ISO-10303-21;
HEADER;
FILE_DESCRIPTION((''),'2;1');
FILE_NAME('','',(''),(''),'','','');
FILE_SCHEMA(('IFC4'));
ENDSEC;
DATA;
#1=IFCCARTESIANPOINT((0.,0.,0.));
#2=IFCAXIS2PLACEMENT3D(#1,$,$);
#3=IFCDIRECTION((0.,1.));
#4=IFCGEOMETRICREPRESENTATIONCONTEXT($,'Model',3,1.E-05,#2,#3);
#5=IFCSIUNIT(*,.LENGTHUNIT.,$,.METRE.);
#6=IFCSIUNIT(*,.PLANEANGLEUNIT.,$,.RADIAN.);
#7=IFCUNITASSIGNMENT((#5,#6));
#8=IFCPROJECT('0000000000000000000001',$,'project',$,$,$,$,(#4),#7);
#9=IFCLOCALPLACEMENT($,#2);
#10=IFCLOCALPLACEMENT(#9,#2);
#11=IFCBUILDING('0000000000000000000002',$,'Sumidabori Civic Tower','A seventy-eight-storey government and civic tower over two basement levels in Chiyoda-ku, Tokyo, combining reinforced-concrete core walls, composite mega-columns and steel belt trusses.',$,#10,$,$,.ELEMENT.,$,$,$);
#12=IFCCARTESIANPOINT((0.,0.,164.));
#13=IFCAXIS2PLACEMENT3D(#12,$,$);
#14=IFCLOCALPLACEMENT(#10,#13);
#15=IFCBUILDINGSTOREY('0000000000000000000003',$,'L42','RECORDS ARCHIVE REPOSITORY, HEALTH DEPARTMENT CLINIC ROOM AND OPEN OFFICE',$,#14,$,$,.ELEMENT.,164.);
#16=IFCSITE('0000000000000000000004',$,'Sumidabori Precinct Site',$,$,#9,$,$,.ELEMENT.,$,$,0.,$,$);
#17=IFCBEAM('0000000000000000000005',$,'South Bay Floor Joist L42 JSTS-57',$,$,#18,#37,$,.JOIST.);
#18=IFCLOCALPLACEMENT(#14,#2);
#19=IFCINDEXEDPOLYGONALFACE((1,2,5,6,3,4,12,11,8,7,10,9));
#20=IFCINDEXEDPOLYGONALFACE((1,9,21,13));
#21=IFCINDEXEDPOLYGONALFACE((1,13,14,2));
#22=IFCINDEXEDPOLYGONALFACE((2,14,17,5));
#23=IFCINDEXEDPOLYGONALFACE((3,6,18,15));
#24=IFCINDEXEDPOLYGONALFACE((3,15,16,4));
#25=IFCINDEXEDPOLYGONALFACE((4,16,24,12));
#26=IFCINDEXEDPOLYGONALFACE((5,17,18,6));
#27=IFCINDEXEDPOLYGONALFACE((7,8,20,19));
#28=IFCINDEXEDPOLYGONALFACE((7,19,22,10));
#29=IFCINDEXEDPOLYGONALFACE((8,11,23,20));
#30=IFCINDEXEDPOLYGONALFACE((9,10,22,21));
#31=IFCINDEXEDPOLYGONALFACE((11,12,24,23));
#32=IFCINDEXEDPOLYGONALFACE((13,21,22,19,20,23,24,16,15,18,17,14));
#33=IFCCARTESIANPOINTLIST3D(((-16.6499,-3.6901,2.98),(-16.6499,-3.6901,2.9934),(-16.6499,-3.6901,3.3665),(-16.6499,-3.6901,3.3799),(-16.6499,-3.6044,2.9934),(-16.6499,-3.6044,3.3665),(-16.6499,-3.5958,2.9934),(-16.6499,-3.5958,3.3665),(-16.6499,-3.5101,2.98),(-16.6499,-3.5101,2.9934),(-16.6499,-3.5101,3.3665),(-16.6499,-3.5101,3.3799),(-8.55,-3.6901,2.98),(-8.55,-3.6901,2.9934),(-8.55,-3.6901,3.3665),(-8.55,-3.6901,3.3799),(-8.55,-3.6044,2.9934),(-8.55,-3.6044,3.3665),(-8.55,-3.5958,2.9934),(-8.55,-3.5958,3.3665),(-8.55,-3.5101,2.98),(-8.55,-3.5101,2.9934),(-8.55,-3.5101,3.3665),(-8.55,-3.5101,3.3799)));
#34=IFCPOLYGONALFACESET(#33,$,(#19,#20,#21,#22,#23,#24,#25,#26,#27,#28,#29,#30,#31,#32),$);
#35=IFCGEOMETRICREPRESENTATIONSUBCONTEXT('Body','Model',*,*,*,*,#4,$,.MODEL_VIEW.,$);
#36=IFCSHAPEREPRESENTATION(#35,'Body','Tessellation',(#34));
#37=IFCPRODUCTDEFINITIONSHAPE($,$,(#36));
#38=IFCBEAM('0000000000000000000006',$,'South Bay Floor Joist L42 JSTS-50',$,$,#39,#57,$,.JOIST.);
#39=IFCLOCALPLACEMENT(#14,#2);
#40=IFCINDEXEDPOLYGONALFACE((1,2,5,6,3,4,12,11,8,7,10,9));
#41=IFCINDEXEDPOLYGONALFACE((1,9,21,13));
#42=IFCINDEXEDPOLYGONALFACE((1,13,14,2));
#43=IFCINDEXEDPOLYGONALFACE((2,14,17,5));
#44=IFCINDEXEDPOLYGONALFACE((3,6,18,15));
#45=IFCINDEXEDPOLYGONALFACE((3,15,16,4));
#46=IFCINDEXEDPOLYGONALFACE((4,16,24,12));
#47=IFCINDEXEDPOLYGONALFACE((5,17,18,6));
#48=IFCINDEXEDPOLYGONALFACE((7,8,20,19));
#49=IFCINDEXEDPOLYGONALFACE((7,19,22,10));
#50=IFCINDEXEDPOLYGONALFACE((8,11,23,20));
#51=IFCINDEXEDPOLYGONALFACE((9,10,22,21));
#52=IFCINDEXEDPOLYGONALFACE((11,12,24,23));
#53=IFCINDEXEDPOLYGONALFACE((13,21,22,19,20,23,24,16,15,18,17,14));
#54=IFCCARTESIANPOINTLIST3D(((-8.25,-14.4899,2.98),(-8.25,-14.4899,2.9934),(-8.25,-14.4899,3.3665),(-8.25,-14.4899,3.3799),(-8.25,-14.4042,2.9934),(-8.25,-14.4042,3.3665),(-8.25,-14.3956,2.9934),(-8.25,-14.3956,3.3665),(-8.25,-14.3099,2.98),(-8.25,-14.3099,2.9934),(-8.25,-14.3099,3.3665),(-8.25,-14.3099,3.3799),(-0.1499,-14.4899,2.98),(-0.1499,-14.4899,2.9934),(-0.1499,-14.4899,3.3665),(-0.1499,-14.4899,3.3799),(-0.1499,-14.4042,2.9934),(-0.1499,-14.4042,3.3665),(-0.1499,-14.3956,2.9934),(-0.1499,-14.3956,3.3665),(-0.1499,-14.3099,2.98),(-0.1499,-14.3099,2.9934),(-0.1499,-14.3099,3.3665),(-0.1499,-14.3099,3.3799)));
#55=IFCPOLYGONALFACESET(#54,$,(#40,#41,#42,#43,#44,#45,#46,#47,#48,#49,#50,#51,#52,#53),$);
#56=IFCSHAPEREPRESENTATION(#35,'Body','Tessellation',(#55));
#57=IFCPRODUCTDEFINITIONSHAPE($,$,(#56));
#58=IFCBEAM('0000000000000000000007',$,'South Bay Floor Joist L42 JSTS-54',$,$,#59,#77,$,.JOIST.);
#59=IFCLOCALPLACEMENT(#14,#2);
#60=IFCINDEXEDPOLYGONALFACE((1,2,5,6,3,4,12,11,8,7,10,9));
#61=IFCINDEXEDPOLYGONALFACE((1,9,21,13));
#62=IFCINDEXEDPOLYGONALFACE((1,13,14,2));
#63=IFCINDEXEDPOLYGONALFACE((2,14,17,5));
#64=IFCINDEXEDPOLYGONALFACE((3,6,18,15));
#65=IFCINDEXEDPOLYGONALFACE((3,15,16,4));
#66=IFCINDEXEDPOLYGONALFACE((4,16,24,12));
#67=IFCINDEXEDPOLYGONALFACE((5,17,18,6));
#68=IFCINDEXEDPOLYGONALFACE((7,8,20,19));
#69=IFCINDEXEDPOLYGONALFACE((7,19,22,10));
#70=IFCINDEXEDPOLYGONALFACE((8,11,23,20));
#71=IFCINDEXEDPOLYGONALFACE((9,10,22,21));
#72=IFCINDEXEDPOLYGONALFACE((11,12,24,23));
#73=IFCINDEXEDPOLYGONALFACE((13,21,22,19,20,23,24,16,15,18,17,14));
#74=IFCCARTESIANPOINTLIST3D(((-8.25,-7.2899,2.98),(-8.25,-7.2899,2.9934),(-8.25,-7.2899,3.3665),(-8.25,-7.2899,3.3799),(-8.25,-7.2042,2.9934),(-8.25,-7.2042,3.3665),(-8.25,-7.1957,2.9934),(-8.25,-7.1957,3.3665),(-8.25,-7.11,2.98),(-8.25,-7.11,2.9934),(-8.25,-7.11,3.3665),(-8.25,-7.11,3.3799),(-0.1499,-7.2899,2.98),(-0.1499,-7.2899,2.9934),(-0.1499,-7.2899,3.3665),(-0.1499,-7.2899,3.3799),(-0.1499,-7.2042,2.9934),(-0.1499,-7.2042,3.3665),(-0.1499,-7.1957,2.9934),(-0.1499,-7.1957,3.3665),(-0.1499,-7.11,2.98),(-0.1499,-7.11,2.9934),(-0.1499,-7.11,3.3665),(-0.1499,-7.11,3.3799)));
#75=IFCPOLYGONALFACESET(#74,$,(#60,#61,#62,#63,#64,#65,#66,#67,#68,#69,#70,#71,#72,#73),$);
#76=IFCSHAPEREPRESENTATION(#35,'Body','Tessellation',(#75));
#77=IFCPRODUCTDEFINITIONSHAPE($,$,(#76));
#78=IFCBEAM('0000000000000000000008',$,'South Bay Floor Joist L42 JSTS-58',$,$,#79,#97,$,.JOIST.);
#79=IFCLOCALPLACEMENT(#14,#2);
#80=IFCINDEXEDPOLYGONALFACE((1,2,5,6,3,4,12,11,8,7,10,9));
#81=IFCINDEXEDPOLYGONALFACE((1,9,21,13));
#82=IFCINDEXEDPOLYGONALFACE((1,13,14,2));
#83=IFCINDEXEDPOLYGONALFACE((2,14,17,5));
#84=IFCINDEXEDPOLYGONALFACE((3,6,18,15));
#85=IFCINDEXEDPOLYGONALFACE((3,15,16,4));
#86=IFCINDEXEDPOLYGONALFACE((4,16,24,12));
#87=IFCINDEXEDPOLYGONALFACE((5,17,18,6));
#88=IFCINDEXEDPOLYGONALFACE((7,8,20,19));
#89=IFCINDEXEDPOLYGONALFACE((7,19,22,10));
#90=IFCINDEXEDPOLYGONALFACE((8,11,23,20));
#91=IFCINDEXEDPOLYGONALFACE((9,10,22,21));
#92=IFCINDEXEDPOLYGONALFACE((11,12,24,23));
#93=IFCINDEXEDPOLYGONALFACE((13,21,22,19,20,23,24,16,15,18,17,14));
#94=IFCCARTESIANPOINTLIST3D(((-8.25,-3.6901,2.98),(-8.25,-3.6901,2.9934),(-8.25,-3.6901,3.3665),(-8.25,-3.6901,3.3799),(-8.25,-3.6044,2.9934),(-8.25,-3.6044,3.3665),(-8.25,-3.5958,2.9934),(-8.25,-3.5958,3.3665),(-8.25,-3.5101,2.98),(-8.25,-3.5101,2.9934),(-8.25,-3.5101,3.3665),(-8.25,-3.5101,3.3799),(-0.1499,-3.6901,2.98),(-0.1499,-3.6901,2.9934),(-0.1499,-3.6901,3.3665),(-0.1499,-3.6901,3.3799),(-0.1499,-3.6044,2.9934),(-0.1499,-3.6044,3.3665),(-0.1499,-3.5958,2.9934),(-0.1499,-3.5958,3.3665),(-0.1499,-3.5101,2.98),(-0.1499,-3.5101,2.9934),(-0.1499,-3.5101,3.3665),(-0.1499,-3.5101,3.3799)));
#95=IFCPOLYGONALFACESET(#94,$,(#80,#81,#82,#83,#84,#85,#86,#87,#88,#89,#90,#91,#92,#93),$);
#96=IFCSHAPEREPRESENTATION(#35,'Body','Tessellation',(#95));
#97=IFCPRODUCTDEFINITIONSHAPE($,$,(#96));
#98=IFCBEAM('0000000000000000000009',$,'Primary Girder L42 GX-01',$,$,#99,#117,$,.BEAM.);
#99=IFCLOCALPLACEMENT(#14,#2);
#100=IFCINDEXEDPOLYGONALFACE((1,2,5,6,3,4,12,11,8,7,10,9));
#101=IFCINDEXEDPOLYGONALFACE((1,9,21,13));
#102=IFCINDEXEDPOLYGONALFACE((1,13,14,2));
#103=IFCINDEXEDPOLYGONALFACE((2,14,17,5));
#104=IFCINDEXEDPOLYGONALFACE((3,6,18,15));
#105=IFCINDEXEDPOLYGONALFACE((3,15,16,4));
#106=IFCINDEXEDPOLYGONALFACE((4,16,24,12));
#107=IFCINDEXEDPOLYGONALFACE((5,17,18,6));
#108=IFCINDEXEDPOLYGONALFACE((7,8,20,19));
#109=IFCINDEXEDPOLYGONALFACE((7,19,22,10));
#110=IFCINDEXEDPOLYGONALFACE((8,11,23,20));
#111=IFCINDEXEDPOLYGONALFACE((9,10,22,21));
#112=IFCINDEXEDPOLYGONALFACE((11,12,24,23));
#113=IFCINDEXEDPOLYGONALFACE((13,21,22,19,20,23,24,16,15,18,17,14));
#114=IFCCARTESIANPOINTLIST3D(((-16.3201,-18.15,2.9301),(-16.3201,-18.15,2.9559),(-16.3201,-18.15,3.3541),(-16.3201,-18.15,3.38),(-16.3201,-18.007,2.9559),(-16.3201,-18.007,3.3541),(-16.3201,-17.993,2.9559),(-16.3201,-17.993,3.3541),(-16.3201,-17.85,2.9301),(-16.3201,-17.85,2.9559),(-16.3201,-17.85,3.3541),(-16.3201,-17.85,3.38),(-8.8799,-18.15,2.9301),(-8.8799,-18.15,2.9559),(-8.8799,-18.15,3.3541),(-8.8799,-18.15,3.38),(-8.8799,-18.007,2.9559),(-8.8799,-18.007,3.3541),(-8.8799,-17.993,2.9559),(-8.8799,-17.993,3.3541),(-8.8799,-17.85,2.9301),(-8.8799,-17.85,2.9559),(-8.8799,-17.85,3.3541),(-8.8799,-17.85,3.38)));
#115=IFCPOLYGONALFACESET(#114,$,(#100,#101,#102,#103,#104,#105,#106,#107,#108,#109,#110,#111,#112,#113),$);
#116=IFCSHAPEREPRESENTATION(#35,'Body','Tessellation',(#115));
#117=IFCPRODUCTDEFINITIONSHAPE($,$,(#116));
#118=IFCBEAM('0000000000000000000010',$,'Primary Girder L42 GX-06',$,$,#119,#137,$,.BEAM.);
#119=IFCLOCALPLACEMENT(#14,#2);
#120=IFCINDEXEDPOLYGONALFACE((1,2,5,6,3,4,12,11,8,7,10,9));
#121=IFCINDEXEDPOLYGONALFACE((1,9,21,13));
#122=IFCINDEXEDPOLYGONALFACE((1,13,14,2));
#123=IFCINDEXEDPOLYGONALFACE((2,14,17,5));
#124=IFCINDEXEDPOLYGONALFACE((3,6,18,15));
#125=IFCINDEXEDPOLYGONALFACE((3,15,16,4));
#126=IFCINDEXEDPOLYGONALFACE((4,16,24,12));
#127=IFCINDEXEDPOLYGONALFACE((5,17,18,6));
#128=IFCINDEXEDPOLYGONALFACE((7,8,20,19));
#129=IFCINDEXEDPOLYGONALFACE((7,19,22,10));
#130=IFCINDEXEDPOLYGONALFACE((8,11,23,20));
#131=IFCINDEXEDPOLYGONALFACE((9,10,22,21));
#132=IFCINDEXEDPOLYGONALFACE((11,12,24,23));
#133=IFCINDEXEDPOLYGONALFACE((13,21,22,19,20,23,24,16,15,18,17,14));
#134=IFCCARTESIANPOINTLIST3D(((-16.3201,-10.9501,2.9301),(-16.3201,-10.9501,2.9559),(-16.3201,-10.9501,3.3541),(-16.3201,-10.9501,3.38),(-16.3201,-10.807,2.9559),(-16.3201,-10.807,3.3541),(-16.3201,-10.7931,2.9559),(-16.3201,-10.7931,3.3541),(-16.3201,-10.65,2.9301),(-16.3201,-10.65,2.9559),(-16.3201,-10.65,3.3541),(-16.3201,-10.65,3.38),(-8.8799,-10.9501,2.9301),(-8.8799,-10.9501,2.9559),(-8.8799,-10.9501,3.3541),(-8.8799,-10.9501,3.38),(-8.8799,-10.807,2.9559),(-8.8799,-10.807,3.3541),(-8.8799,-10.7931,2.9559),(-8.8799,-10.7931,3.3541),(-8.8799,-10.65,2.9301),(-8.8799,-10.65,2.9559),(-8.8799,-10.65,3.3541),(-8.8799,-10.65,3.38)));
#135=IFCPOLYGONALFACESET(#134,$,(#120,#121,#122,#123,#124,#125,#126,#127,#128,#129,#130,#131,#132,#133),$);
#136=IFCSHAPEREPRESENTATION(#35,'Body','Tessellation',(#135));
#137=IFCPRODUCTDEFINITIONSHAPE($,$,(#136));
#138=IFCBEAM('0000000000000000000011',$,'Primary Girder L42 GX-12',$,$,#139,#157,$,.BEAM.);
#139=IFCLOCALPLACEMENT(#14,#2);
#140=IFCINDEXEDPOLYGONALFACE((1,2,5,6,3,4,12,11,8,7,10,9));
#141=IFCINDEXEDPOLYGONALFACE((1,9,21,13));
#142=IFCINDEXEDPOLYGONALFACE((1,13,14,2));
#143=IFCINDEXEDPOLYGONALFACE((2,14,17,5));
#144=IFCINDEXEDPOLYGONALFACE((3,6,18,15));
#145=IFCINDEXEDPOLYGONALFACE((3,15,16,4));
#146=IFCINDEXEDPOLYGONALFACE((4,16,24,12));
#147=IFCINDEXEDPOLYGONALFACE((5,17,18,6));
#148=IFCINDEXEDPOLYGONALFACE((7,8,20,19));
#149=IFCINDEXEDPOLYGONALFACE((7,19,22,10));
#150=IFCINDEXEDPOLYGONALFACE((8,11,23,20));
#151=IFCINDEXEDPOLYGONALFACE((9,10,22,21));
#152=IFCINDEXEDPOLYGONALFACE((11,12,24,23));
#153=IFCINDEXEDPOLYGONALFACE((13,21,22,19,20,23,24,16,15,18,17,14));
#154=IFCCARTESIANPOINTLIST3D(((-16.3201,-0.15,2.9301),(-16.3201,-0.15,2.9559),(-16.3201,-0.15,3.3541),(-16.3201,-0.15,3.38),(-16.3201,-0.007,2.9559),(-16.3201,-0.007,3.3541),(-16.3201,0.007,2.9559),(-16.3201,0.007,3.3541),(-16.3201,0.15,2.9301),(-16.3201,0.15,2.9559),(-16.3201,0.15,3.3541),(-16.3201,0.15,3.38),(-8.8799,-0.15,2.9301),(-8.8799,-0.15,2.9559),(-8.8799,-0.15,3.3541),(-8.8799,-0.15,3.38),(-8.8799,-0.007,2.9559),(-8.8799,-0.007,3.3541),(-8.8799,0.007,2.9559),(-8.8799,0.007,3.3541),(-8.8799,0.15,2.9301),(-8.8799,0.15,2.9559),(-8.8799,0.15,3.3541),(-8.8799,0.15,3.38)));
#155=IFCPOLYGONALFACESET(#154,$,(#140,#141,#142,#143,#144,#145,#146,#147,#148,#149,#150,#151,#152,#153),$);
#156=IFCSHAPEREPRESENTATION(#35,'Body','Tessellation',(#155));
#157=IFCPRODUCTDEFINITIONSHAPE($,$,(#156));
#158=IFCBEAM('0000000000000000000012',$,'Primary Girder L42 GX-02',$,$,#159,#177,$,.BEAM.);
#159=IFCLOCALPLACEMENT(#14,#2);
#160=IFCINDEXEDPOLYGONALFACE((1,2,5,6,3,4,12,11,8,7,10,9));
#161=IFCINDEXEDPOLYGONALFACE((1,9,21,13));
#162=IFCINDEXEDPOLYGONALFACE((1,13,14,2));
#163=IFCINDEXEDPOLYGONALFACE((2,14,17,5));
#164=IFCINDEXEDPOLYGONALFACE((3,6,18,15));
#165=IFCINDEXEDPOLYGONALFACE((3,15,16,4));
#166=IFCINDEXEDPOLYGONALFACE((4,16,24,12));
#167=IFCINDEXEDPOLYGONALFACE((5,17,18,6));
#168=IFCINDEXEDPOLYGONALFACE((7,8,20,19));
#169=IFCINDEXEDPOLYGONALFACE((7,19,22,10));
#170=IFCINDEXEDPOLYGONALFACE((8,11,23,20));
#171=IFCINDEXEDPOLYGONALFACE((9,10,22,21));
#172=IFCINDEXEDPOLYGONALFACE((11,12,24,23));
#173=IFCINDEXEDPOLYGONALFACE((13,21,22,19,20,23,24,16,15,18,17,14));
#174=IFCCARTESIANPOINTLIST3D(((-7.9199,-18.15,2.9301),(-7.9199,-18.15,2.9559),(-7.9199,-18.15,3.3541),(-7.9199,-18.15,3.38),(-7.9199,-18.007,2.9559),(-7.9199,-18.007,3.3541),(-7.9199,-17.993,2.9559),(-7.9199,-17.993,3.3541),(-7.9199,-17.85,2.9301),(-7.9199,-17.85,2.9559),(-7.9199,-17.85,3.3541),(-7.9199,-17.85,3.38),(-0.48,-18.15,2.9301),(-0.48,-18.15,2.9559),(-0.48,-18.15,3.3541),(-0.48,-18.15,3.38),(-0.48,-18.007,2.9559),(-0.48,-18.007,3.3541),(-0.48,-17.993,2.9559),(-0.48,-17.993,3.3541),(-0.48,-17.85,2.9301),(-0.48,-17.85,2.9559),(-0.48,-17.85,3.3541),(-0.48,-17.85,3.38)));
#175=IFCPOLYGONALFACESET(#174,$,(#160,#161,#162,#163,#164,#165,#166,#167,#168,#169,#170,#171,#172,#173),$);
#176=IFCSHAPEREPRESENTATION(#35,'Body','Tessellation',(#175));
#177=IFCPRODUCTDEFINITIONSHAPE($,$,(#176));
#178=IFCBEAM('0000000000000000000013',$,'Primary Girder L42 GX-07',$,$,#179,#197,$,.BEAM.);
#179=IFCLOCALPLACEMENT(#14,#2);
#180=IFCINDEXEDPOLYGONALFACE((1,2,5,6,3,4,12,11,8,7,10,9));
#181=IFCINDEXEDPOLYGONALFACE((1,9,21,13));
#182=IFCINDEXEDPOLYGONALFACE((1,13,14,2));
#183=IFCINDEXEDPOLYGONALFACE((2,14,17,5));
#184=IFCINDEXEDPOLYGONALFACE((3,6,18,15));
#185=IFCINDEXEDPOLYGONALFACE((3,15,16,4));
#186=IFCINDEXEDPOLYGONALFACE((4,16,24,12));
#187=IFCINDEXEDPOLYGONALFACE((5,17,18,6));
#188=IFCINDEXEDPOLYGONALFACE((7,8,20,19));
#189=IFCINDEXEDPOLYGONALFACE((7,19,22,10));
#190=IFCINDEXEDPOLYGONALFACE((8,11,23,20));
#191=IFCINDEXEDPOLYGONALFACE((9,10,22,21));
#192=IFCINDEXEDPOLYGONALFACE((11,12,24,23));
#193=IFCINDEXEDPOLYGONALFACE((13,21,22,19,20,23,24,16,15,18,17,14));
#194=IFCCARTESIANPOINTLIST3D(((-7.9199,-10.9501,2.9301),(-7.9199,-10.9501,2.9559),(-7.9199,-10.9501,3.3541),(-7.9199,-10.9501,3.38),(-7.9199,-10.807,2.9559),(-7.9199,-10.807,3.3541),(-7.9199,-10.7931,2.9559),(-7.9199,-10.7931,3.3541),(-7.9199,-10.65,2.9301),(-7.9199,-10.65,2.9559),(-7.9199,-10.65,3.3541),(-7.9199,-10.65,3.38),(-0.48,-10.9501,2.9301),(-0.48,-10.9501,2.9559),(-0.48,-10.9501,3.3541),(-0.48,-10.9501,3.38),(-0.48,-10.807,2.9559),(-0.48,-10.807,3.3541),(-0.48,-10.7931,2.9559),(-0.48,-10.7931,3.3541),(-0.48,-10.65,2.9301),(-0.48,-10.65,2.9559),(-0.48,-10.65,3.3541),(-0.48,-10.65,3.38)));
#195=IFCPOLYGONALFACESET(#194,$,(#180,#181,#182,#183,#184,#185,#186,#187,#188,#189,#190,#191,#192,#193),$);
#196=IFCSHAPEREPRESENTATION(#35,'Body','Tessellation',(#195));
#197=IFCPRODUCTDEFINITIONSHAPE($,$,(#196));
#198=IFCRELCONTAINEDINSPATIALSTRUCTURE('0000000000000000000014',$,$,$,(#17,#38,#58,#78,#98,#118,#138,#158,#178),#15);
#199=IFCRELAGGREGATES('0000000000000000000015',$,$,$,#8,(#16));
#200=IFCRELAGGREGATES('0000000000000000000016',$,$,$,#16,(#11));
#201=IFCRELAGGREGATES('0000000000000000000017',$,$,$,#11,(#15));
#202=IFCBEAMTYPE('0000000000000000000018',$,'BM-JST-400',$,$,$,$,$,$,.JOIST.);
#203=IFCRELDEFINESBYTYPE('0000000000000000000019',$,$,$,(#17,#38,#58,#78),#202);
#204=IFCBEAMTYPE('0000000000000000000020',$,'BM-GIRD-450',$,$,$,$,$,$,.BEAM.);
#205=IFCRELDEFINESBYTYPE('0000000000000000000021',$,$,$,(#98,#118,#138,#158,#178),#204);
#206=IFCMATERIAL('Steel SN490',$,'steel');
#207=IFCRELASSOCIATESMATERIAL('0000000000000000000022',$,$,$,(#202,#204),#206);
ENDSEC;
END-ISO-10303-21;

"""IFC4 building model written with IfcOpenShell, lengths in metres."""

from ifc_helpers import new_model, si_unit, direction, frame, origin, origin_2d, place, context, subcontext, project, spatial, i_section, extrude, source, transform, mapped, material, material_profile, profile_set, type_object, element, save


model = new_model("IFC4")

# Units and contexts
model_context = context("Model", 3, precision=1e-05, world=origin(), true_north=direction((0.0, 1.0)))
body_context = subcontext(model_context, "Body", "Model", "MODEL_VIEW")
ifc_project = project(units=[si_unit("LENGTHUNIT", "METRE"), si_unit("PLANEANGLEUNIT", "RADIAN")], contexts=[model_context])

# Site, building, storey
site_placement = place(None, origin())
site = spatial("IfcSite", under=ifc_project, at=site_placement, Name="Sumidabori Precinct Site", CompositionType="ELEMENT", RefElevation=0.0)
building_placement = place(site_placement, origin())
building = spatial("IfcBuilding", under=site, at=building_placement, Name="Sumidabori Civic Tower", Description="A seventy-eight-storey government and civic tower over two basement levels in Chiyoda-ku, Tokyo, combining reinforced-concrete core walls, composite mega-columns and steel belt trusses.", CompositionType="ELEMENT")
storey_placement = place(building_placement, frame((0.0, 0.0, 164.0)))
storey = spatial("IfcBuildingStorey", under=building, at=storey_placement, Name="L42", Description="RECORDS ARCHIVE REPOSITORY, HEALTH DEPARTMENT CLINIC ROOM AND OPEN OFFICE", CompositionType="ELEMENT", Elevation=164.0)

# Beams
ifc_material_1 = material(Name="Steel SN490", Category="steel")
ifc_material_profile_1 = material_profile(ifc_material_1, i_section(OverallWidth=0.1799, OverallDepth=0.3999, WebThickness=0.0085, FlangeThickness=0.0134, at=origin_2d()), Name="IPE 400")
ifc_profile_set_1 = profile_set([ifc_material_profile_1], Name="Steel SN490")
beam_type_1 = type_object("IfcBeamType", Name="BM-JST-400", PredefinedType="JOIST", material=ifc_profile_set_1)
shared_shape_1 = source(origin(), body_context, "Body", "SweptSolid", [
    extrude(i_section(OverallWidth=0.1799, OverallDepth=0.3999, WebThickness=0.0085, FlangeThickness=0.0134, at=origin_2d()), origin(), (0.0, 0.0, 1.0), 8.0999),
])
beam_placement = place(storey_placement, frame((-16.6499, -3.6001, 3.1799), z_axis=(1.0, 0.0, 0.0), x_axis=(0.0, 1.0, 0.0)))
element("IfcBeam", 1, at=beam_placement, inside=storey, type_object=beam_type_1, Name="South Bay Floor Joist L42 JSTS-57", PredefinedType="JOIST", context=body_context, shape_type="MappedRepresentation", body=[
    mapped(shared_shape_1, transform((0.0, 0.0, 0.0), x_axis=(1.0, 0.0, 0.0), y_axis=(0.0, 1.0, 0.0), z_axis=(0.0, 0.0, 1.0), scale=1.0)),
])
shared_shape_2 = source(origin(), body_context, "Body", "SweptSolid", [
    extrude(i_section(OverallWidth=0.1799, OverallDepth=0.3999, WebThickness=0.0085, FlangeThickness=0.0134, at=origin_2d()), origin(), (0.0, 0.0, 1.0), 8.1001),
])
for number, where, z_axis, x_axis, name in (
    (2, (-8.25, -14.3999, 3.1799), (1.0, 0.0, 0.0), (0.0, 1.0, 0.0), "South Bay Floor Joist L42 JSTS-50"),
    (3, (-8.25, -7.2, 3.1799), (1.0, 0.0, 0.0), (0.0, 1.0, 0.0), "South Bay Floor Joist L42 JSTS-54"),
    (4, (-8.25, -3.6001, 3.1799), (1.0, 0.0, 0.0), (0.0, 1.0, 0.0), "South Bay Floor Joist L42 JSTS-58"),
):
    element("IfcBeam", number, at=place(storey_placement, frame(where, z_axis=z_axis, x_axis=x_axis)), inside=storey, type_object=beam_type_1, Name=name, PredefinedType="JOIST", context=body_context, shape_type="MappedRepresentation", body=[
        mapped(shared_shape_2, transform((0.0, 0.0, 0.0), x_axis=(1.0, 0.0, 0.0), y_axis=(0.0, 1.0, 0.0), z_axis=(0.0, 0.0, 1.0), scale=1.0)),
    ])
ifc_material_profile_2 = material_profile(ifc_material_1, i_section(OverallWidth=0.3, OverallDepth=0.45, WebThickness=0.0139, FlangeThickness=0.0259, at=origin_2d()), Name="HE 450 B")
ifc_profile_set_2 = profile_set([ifc_material_profile_2], Name="Steel SN490")
beam_type_2 = type_object("IfcBeamType", Name="BM-GIRD-450", PredefinedType="BEAM", material=ifc_profile_set_2)
shared_shape_3 = source(origin(), body_context, "Body", "SweptSolid", [
    extrude(i_section(OverallWidth=0.3, OverallDepth=0.45, WebThickness=0.0139, FlangeThickness=0.0259, at=origin_2d()), origin(), (0.0, 0.0, 1.0), 7.4402),
])
for number, where, z_axis, x_axis, name in (
    (5, (-16.3201, -18.0, 3.155), (1.0, 0.0, 0.0), (0.0, 1.0, 0.0), "Primary Girder L42 GX-01"),
    (6, (-16.3201, -10.8, 3.155), (1.0, 0.0, 0.0), (0.0, 1.0, 0.0), "Primary Girder L42 GX-06"),
    (7, (-16.3201, 0.0, 3.155), (1.0, 0.0, 0.0), (0.0, 1.0, 0.0), "Primary Girder L42 GX-12"),
):
    element("IfcBeam", number, at=place(storey_placement, frame(where, z_axis=z_axis, x_axis=x_axis)), inside=storey, type_object=beam_type_2, Name=name, PredefinedType="BEAM", context=body_context, shape_type="MappedRepresentation", body=[
        mapped(shared_shape_3, transform((0.0, 0.0, 0.0), x_axis=(1.0, 0.0, 0.0), y_axis=(0.0, 1.0, 0.0), z_axis=(0.0, 0.0, 1.0), scale=1.0)),
    ])
shared_shape_4 = source(origin(), body_context, "Body", "SweptSolid", [
    extrude(i_section(OverallWidth=0.3, OverallDepth=0.45, WebThickness=0.0139, FlangeThickness=0.0259, at=origin_2d()), origin(), (0.0, 0.0, 1.0), 7.4399),
])
for number, where, z_axis, x_axis, name in (
    (8, (-7.9199, -18.0, 3.155), (1.0, 0.0, 0.0), (0.0, 1.0, 0.0), "Primary Girder L42 GX-02"),
    (9, (-7.9199, -10.8, 3.155), (1.0, 0.0, 0.0), (0.0, 1.0, 0.0), "Primary Girder L42 GX-07"),
):
    element("IfcBeam", number, at=place(storey_placement, frame(where, z_axis=z_axis, x_axis=x_axis)), inside=storey, type_object=beam_type_2, Name=name, PredefinedType="BEAM", context=body_context, shape_type="MappedRepresentation", body=[
        mapped(shared_shape_4, transform((0.0, 0.0, 0.0), x_axis=(1.0, 0.0, 0.0), y_axis=(0.0, 1.0, 0.0), z_axis=(0.0, 0.0, 1.0), scale=1.0)),
    ])

save(model, "model.ifc")
